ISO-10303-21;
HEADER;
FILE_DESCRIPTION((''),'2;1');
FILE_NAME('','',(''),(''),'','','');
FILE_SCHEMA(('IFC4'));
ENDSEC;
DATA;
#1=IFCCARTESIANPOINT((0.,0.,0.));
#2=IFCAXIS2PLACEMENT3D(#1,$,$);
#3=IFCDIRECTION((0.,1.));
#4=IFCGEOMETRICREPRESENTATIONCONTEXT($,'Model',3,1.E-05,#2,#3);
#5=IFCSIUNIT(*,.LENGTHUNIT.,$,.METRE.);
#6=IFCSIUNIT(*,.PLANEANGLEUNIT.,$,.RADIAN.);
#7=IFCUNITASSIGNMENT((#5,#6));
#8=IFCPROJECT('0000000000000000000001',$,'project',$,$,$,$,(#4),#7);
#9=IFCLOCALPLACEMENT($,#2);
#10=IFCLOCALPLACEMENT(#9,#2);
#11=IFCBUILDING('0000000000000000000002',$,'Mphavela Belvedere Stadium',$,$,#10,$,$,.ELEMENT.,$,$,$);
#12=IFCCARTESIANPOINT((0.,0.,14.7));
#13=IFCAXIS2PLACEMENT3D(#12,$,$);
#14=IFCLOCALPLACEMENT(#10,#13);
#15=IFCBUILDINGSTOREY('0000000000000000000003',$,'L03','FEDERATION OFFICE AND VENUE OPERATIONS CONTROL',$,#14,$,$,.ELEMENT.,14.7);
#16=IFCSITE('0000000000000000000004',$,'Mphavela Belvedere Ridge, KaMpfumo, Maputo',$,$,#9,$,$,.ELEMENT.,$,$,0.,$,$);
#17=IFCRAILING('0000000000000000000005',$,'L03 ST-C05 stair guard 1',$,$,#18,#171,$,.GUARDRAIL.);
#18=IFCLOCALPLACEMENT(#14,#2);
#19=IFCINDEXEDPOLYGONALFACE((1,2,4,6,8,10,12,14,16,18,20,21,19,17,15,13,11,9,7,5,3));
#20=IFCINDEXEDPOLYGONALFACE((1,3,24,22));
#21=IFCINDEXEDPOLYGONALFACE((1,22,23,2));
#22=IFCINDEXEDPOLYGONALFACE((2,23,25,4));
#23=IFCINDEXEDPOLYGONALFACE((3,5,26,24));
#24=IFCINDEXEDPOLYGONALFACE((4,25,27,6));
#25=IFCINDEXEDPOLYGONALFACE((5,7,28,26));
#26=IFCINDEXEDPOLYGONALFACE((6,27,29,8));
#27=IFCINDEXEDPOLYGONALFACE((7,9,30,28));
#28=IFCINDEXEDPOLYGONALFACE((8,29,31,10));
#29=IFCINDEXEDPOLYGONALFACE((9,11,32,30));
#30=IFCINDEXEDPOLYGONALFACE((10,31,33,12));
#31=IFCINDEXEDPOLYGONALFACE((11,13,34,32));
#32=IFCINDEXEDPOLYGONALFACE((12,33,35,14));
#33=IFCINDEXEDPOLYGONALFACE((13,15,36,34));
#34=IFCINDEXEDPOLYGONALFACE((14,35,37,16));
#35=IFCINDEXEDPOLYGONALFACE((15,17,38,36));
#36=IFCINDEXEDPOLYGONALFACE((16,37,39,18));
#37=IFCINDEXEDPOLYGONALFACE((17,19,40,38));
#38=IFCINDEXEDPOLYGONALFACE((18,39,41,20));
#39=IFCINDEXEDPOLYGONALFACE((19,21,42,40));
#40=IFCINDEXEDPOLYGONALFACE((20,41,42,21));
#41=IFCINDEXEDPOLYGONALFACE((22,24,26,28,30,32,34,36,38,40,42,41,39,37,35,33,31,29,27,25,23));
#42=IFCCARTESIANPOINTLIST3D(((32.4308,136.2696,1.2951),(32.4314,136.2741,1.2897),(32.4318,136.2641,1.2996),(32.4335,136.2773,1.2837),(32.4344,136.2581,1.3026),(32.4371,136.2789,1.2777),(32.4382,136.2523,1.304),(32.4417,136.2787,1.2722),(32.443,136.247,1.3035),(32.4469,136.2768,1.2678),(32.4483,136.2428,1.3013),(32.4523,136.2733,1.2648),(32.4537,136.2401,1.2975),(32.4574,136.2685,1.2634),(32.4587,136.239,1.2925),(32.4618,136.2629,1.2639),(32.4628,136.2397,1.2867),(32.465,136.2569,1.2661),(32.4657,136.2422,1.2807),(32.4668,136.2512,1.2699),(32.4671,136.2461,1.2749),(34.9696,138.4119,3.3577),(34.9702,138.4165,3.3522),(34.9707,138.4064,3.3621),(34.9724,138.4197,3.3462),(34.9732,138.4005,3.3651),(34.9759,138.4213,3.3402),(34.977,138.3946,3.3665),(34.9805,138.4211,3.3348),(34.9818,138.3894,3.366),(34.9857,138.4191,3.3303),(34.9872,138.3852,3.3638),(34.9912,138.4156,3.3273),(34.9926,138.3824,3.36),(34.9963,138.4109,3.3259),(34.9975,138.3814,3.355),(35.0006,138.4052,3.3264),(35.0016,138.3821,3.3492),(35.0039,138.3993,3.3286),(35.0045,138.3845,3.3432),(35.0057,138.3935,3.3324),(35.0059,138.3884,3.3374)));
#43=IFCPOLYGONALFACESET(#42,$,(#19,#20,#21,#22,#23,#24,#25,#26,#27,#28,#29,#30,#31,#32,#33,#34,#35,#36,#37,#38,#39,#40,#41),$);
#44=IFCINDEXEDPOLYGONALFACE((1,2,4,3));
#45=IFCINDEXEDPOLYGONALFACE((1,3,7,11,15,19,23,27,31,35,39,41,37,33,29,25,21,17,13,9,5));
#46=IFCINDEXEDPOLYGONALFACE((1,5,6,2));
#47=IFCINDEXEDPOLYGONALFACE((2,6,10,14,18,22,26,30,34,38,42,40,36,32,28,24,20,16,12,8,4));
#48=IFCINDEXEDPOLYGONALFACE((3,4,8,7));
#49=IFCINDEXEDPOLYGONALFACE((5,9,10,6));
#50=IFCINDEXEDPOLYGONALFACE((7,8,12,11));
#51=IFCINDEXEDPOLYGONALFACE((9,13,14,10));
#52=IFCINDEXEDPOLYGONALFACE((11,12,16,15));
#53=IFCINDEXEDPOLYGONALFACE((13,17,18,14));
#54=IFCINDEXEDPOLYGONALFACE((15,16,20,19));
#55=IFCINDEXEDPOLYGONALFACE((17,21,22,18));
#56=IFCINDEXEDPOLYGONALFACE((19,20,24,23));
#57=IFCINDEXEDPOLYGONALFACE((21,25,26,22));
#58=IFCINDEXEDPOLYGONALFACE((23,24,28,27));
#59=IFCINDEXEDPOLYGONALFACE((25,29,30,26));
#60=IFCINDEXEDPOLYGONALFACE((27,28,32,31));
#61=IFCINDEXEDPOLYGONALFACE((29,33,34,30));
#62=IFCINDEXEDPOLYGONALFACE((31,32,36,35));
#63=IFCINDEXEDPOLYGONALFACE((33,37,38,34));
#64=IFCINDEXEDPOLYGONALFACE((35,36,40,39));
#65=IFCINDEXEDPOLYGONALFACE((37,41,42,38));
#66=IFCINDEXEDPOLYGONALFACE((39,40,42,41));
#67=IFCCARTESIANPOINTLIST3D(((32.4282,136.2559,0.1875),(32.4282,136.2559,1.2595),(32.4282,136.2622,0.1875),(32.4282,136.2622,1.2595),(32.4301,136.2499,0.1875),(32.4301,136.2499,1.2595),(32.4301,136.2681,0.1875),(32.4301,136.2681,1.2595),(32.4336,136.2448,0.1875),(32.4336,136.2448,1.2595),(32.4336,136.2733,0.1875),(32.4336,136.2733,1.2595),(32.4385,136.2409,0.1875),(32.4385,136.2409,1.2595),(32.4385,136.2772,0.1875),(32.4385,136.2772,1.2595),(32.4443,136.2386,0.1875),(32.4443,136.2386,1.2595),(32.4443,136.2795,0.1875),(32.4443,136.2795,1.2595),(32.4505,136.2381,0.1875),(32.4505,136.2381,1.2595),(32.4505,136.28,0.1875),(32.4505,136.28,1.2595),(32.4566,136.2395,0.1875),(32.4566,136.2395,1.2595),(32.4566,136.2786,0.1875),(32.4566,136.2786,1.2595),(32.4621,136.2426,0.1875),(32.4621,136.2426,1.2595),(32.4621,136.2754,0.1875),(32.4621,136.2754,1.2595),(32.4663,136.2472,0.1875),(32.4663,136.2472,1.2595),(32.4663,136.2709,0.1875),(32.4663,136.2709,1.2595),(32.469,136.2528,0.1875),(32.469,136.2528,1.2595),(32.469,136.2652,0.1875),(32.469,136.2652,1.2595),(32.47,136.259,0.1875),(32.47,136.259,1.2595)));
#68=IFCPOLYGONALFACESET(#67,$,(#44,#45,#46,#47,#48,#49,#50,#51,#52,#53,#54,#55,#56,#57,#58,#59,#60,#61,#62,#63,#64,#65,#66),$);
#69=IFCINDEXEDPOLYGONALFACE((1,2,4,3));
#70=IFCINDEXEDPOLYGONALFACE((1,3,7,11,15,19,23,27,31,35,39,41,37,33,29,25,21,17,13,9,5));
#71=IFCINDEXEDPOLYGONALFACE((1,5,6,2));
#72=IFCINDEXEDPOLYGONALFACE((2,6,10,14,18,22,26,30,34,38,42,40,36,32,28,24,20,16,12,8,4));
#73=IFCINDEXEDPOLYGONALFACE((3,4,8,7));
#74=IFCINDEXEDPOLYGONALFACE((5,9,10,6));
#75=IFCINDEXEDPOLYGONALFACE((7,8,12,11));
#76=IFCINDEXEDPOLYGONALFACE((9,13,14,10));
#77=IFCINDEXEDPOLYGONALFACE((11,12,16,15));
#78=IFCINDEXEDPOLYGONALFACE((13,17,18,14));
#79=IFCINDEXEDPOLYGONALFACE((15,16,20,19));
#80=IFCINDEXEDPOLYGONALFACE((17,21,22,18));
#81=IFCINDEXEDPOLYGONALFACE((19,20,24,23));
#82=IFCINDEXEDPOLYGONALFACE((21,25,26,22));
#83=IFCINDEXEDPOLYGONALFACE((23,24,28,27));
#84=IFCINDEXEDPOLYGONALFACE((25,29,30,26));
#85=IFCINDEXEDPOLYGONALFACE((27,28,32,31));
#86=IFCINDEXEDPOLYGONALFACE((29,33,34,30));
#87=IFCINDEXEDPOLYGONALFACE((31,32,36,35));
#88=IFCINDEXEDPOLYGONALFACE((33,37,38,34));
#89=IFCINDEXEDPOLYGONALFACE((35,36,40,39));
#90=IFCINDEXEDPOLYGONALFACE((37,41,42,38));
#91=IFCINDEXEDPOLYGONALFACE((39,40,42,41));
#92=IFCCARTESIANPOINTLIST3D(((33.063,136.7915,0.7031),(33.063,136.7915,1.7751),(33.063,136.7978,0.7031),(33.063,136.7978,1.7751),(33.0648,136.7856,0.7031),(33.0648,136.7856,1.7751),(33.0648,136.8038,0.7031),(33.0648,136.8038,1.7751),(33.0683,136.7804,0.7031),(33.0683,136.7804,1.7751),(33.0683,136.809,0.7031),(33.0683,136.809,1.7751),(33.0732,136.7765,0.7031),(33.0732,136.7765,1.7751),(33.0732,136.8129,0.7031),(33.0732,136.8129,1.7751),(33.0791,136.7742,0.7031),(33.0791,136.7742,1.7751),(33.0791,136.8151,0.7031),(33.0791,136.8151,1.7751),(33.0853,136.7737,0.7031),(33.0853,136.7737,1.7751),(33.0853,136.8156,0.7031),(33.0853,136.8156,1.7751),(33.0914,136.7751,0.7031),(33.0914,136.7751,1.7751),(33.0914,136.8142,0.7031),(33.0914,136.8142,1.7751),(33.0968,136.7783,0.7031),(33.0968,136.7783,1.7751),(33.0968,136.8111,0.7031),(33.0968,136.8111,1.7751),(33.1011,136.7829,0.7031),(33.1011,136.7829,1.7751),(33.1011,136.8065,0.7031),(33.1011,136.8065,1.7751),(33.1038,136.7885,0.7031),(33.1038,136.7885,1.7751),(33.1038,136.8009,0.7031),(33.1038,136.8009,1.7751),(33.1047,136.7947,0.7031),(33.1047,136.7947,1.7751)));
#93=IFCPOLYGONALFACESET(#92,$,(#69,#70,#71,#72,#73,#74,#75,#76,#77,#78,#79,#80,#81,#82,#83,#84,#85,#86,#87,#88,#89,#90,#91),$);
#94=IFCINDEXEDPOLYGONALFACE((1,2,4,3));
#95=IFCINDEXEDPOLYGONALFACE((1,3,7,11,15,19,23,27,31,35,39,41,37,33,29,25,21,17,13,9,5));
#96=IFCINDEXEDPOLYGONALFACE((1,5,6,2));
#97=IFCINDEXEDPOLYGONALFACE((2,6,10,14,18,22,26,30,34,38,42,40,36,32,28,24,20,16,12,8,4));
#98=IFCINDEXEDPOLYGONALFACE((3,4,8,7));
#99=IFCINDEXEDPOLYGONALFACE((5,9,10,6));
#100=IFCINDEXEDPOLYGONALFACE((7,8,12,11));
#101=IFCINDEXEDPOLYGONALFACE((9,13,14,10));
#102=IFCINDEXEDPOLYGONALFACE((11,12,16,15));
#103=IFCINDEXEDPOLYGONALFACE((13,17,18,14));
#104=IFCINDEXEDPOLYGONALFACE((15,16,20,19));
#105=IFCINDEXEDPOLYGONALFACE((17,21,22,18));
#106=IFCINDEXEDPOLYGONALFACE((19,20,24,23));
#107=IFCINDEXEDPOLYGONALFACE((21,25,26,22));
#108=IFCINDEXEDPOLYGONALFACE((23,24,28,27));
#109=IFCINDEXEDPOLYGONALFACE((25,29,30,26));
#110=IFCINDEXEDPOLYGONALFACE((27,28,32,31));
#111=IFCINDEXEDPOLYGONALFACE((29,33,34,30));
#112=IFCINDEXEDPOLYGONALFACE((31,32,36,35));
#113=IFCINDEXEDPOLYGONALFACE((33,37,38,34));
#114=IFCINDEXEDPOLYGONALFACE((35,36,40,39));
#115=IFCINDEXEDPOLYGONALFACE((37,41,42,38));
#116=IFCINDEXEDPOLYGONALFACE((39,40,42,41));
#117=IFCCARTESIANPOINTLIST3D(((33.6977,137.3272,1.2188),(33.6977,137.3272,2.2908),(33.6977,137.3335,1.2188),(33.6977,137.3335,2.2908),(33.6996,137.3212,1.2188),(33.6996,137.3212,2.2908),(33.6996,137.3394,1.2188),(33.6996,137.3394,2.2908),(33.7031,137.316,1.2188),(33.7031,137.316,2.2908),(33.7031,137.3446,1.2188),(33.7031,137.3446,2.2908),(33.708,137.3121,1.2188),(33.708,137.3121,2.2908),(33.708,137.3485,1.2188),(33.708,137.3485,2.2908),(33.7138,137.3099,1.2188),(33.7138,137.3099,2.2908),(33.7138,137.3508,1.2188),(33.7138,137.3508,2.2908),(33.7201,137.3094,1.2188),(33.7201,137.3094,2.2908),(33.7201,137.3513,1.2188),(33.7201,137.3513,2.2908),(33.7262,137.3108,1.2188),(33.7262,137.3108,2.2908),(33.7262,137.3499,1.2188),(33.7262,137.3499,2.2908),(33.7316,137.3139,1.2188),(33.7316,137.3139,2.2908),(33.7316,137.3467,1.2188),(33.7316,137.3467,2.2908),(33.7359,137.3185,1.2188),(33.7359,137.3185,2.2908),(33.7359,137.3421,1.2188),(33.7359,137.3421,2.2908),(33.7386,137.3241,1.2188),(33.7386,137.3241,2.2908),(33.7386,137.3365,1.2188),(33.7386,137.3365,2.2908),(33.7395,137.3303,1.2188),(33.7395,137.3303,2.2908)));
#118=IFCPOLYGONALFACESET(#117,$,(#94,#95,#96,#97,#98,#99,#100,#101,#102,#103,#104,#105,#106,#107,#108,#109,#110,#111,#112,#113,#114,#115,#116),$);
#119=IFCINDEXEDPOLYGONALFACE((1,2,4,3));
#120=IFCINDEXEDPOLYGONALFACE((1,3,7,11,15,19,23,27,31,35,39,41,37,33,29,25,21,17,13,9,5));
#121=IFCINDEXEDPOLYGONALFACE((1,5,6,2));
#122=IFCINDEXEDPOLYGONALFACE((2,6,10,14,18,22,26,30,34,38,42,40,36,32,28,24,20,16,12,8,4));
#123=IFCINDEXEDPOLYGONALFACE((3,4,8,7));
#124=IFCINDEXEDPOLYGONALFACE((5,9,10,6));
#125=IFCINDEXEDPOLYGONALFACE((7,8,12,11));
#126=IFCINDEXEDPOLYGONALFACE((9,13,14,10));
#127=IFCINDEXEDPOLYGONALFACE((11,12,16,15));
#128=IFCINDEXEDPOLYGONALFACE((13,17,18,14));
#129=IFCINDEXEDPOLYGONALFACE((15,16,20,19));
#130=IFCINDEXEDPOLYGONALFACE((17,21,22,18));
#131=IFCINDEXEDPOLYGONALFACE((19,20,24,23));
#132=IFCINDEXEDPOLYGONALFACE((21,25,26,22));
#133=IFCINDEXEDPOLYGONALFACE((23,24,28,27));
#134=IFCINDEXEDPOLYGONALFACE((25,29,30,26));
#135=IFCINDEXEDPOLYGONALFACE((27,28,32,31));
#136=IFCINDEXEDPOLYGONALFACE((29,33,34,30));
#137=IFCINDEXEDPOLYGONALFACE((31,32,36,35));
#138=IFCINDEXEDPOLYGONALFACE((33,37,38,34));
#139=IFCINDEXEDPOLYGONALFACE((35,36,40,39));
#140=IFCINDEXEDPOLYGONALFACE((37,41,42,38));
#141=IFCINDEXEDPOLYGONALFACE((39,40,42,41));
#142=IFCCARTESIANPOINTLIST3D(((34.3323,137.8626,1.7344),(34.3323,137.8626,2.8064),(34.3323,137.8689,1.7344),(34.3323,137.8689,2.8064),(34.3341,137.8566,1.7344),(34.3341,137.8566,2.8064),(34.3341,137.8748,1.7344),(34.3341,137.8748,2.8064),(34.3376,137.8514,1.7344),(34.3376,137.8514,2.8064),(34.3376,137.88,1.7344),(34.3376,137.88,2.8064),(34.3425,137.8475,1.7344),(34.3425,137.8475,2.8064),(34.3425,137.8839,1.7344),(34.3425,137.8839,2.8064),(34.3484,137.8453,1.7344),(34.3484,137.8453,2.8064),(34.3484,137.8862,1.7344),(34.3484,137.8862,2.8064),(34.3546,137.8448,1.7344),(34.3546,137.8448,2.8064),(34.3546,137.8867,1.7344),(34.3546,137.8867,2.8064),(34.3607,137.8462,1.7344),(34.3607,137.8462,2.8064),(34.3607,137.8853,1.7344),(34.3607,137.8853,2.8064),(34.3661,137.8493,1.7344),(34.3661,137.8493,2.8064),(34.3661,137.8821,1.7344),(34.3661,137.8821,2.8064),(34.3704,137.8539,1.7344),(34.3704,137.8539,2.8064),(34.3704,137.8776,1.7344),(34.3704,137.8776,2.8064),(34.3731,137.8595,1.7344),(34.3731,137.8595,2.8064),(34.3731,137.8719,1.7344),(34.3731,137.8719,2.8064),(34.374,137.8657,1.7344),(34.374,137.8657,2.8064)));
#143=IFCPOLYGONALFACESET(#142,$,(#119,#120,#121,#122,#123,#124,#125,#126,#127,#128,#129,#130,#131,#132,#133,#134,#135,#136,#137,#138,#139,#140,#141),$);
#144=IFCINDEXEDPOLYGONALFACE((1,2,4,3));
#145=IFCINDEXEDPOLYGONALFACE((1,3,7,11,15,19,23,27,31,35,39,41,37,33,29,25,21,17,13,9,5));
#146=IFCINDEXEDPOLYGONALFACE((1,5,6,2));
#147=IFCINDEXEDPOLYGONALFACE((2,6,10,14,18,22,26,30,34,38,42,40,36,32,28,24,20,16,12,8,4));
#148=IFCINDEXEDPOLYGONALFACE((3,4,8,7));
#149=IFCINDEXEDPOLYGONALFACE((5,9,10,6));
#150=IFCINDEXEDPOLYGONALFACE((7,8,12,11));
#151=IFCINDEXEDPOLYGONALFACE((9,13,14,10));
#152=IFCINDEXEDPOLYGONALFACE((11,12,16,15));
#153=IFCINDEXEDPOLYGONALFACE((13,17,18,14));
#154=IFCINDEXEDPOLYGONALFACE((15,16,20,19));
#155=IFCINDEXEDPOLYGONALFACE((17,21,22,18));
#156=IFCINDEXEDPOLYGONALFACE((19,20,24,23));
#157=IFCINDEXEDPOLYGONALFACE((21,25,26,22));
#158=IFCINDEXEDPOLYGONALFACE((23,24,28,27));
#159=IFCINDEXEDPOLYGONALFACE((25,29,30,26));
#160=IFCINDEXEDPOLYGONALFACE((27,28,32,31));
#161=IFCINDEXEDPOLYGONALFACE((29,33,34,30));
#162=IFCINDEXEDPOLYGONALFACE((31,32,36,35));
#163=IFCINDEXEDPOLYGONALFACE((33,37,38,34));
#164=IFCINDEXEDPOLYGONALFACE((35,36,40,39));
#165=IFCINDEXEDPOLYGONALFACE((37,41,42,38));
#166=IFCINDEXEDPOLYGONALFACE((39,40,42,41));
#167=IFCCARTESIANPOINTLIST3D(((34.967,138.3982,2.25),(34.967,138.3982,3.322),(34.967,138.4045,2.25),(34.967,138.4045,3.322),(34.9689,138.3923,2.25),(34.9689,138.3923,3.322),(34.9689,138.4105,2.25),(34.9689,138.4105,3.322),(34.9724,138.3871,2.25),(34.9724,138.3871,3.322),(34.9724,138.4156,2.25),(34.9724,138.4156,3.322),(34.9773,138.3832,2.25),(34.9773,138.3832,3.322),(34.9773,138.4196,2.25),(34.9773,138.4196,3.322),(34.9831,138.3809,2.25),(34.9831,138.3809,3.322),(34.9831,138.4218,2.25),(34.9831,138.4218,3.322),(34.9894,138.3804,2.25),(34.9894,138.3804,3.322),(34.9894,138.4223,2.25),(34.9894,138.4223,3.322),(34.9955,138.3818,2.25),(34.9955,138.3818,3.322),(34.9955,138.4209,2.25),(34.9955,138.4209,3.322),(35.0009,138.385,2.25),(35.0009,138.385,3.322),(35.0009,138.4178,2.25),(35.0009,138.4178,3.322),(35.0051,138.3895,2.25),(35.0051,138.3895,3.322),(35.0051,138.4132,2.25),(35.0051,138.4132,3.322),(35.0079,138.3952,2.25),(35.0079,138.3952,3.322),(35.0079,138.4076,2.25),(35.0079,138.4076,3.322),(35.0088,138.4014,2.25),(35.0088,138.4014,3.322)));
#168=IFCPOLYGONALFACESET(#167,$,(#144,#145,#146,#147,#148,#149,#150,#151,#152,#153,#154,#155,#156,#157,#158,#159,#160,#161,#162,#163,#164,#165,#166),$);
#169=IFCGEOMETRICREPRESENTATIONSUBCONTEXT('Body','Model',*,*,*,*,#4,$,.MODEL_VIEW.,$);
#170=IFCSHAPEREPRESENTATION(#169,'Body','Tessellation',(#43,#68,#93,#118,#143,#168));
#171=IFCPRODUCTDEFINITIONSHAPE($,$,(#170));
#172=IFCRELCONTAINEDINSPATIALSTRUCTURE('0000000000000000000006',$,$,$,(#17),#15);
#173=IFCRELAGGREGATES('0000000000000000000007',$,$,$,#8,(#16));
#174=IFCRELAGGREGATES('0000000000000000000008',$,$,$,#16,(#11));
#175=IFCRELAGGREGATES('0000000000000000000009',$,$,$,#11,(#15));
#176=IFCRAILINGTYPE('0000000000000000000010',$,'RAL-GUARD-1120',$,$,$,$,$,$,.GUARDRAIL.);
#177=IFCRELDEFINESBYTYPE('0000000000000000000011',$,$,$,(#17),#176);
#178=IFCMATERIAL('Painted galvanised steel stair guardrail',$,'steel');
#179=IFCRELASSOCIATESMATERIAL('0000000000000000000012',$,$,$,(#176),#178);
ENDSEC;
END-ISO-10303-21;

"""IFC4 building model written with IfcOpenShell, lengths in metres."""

from ifc_helpers import new_model, si_unit, direction, frame, origin, origin_2d, place, context, subcontext, project, spatial, circle, extrude, material, type_object, element, save


model = new_model("IFC4")

# Units and contexts
model_context = context("Model", 3, precision=1e-05, world=origin(), true_north=direction((0.0, 1.0)))
body_context = subcontext(model_context, "Body", "Model", "MODEL_VIEW")
ifc_project = project(units=[si_unit("LENGTHUNIT", "METRE"), si_unit("PLANEANGLEUNIT", "RADIAN")], contexts=[model_context])

# Site, building, storey
site_placement = place(None, origin())
site = spatial("IfcSite", under=ifc_project, at=site_placement, Name="Mphavela Belvedere Ridge, KaMpfumo, Maputo", CompositionType="ELEMENT", RefElevation=0.0)
building_placement = place(site_placement, origin())
building = spatial("IfcBuilding", under=site, at=building_placement, Name="Mphavela Belvedere Stadium", CompositionType="ELEMENT")
storey_placement = place(building_placement, frame((0.0, 0.0, 14.7)))
storey = spatial("IfcBuildingStorey", under=building, at=storey_placement, Name="L03", Description="FEDERATION OFFICE AND VENUE OPERATIONS CONTROL", CompositionType="ELEMENT", Elevation=14.7)

# Railing
ifc_material_1 = material(Name="Painted galvanised steel stair guardrail", Category="steel")
railing_type_1 = type_object("IfcRailingType", Name="RAL-GUARD-1120", PredefinedType="GUARDRAIL", material=ifc_material_1)
railing_1_placement = place(storey_placement, frame((32.449, 136.259, 0.1875)))
element("IfcRailing", 1, at=railing_1_placement, inside=storey, type_object=railing_type_1, Name="L03 ST-C05 stair guard 1", PredefinedType="GUARDRAIL", context=body_context, shape_type="SweptSolid", body=[
    extrude(circle(Radius=0.0239, at=origin_2d()), frame((0.0, 0.0, 1.0962), z_axis=(0.649293, 0.547894, 0.527476), x_axis=(-0.644907, 0.764261, 0.0)), (0.0, 0.0, 1.0), 3.9102),
    extrude(circle(Radius=0.021, at=origin_2d()), origin(), (0.0, 0.0, 1.0), 1.072),
    extrude(circle(Radius=0.021, at=origin_2d()), frame((0.6348, 0.5356, 0.5156)), (0.0, 0.0, 1.0), 1.072),
    extrude(circle(Radius=0.021, at=origin_2d()), frame((1.2695, 1.0713, 1.0312)), (0.0, 0.0, 1.0), 1.072),
    extrude(circle(Radius=0.021, at=origin_2d()), frame((1.9041, 1.6067, 1.5469)), (0.0, 0.0, 1.0), 1.072),
    extrude(circle(Radius=0.021, at=origin_2d()), frame((2.5388, 2.1423, 2.0625)), (0.0, 0.0, 1.0), 1.072),
])

save(model, "model.ifc")
